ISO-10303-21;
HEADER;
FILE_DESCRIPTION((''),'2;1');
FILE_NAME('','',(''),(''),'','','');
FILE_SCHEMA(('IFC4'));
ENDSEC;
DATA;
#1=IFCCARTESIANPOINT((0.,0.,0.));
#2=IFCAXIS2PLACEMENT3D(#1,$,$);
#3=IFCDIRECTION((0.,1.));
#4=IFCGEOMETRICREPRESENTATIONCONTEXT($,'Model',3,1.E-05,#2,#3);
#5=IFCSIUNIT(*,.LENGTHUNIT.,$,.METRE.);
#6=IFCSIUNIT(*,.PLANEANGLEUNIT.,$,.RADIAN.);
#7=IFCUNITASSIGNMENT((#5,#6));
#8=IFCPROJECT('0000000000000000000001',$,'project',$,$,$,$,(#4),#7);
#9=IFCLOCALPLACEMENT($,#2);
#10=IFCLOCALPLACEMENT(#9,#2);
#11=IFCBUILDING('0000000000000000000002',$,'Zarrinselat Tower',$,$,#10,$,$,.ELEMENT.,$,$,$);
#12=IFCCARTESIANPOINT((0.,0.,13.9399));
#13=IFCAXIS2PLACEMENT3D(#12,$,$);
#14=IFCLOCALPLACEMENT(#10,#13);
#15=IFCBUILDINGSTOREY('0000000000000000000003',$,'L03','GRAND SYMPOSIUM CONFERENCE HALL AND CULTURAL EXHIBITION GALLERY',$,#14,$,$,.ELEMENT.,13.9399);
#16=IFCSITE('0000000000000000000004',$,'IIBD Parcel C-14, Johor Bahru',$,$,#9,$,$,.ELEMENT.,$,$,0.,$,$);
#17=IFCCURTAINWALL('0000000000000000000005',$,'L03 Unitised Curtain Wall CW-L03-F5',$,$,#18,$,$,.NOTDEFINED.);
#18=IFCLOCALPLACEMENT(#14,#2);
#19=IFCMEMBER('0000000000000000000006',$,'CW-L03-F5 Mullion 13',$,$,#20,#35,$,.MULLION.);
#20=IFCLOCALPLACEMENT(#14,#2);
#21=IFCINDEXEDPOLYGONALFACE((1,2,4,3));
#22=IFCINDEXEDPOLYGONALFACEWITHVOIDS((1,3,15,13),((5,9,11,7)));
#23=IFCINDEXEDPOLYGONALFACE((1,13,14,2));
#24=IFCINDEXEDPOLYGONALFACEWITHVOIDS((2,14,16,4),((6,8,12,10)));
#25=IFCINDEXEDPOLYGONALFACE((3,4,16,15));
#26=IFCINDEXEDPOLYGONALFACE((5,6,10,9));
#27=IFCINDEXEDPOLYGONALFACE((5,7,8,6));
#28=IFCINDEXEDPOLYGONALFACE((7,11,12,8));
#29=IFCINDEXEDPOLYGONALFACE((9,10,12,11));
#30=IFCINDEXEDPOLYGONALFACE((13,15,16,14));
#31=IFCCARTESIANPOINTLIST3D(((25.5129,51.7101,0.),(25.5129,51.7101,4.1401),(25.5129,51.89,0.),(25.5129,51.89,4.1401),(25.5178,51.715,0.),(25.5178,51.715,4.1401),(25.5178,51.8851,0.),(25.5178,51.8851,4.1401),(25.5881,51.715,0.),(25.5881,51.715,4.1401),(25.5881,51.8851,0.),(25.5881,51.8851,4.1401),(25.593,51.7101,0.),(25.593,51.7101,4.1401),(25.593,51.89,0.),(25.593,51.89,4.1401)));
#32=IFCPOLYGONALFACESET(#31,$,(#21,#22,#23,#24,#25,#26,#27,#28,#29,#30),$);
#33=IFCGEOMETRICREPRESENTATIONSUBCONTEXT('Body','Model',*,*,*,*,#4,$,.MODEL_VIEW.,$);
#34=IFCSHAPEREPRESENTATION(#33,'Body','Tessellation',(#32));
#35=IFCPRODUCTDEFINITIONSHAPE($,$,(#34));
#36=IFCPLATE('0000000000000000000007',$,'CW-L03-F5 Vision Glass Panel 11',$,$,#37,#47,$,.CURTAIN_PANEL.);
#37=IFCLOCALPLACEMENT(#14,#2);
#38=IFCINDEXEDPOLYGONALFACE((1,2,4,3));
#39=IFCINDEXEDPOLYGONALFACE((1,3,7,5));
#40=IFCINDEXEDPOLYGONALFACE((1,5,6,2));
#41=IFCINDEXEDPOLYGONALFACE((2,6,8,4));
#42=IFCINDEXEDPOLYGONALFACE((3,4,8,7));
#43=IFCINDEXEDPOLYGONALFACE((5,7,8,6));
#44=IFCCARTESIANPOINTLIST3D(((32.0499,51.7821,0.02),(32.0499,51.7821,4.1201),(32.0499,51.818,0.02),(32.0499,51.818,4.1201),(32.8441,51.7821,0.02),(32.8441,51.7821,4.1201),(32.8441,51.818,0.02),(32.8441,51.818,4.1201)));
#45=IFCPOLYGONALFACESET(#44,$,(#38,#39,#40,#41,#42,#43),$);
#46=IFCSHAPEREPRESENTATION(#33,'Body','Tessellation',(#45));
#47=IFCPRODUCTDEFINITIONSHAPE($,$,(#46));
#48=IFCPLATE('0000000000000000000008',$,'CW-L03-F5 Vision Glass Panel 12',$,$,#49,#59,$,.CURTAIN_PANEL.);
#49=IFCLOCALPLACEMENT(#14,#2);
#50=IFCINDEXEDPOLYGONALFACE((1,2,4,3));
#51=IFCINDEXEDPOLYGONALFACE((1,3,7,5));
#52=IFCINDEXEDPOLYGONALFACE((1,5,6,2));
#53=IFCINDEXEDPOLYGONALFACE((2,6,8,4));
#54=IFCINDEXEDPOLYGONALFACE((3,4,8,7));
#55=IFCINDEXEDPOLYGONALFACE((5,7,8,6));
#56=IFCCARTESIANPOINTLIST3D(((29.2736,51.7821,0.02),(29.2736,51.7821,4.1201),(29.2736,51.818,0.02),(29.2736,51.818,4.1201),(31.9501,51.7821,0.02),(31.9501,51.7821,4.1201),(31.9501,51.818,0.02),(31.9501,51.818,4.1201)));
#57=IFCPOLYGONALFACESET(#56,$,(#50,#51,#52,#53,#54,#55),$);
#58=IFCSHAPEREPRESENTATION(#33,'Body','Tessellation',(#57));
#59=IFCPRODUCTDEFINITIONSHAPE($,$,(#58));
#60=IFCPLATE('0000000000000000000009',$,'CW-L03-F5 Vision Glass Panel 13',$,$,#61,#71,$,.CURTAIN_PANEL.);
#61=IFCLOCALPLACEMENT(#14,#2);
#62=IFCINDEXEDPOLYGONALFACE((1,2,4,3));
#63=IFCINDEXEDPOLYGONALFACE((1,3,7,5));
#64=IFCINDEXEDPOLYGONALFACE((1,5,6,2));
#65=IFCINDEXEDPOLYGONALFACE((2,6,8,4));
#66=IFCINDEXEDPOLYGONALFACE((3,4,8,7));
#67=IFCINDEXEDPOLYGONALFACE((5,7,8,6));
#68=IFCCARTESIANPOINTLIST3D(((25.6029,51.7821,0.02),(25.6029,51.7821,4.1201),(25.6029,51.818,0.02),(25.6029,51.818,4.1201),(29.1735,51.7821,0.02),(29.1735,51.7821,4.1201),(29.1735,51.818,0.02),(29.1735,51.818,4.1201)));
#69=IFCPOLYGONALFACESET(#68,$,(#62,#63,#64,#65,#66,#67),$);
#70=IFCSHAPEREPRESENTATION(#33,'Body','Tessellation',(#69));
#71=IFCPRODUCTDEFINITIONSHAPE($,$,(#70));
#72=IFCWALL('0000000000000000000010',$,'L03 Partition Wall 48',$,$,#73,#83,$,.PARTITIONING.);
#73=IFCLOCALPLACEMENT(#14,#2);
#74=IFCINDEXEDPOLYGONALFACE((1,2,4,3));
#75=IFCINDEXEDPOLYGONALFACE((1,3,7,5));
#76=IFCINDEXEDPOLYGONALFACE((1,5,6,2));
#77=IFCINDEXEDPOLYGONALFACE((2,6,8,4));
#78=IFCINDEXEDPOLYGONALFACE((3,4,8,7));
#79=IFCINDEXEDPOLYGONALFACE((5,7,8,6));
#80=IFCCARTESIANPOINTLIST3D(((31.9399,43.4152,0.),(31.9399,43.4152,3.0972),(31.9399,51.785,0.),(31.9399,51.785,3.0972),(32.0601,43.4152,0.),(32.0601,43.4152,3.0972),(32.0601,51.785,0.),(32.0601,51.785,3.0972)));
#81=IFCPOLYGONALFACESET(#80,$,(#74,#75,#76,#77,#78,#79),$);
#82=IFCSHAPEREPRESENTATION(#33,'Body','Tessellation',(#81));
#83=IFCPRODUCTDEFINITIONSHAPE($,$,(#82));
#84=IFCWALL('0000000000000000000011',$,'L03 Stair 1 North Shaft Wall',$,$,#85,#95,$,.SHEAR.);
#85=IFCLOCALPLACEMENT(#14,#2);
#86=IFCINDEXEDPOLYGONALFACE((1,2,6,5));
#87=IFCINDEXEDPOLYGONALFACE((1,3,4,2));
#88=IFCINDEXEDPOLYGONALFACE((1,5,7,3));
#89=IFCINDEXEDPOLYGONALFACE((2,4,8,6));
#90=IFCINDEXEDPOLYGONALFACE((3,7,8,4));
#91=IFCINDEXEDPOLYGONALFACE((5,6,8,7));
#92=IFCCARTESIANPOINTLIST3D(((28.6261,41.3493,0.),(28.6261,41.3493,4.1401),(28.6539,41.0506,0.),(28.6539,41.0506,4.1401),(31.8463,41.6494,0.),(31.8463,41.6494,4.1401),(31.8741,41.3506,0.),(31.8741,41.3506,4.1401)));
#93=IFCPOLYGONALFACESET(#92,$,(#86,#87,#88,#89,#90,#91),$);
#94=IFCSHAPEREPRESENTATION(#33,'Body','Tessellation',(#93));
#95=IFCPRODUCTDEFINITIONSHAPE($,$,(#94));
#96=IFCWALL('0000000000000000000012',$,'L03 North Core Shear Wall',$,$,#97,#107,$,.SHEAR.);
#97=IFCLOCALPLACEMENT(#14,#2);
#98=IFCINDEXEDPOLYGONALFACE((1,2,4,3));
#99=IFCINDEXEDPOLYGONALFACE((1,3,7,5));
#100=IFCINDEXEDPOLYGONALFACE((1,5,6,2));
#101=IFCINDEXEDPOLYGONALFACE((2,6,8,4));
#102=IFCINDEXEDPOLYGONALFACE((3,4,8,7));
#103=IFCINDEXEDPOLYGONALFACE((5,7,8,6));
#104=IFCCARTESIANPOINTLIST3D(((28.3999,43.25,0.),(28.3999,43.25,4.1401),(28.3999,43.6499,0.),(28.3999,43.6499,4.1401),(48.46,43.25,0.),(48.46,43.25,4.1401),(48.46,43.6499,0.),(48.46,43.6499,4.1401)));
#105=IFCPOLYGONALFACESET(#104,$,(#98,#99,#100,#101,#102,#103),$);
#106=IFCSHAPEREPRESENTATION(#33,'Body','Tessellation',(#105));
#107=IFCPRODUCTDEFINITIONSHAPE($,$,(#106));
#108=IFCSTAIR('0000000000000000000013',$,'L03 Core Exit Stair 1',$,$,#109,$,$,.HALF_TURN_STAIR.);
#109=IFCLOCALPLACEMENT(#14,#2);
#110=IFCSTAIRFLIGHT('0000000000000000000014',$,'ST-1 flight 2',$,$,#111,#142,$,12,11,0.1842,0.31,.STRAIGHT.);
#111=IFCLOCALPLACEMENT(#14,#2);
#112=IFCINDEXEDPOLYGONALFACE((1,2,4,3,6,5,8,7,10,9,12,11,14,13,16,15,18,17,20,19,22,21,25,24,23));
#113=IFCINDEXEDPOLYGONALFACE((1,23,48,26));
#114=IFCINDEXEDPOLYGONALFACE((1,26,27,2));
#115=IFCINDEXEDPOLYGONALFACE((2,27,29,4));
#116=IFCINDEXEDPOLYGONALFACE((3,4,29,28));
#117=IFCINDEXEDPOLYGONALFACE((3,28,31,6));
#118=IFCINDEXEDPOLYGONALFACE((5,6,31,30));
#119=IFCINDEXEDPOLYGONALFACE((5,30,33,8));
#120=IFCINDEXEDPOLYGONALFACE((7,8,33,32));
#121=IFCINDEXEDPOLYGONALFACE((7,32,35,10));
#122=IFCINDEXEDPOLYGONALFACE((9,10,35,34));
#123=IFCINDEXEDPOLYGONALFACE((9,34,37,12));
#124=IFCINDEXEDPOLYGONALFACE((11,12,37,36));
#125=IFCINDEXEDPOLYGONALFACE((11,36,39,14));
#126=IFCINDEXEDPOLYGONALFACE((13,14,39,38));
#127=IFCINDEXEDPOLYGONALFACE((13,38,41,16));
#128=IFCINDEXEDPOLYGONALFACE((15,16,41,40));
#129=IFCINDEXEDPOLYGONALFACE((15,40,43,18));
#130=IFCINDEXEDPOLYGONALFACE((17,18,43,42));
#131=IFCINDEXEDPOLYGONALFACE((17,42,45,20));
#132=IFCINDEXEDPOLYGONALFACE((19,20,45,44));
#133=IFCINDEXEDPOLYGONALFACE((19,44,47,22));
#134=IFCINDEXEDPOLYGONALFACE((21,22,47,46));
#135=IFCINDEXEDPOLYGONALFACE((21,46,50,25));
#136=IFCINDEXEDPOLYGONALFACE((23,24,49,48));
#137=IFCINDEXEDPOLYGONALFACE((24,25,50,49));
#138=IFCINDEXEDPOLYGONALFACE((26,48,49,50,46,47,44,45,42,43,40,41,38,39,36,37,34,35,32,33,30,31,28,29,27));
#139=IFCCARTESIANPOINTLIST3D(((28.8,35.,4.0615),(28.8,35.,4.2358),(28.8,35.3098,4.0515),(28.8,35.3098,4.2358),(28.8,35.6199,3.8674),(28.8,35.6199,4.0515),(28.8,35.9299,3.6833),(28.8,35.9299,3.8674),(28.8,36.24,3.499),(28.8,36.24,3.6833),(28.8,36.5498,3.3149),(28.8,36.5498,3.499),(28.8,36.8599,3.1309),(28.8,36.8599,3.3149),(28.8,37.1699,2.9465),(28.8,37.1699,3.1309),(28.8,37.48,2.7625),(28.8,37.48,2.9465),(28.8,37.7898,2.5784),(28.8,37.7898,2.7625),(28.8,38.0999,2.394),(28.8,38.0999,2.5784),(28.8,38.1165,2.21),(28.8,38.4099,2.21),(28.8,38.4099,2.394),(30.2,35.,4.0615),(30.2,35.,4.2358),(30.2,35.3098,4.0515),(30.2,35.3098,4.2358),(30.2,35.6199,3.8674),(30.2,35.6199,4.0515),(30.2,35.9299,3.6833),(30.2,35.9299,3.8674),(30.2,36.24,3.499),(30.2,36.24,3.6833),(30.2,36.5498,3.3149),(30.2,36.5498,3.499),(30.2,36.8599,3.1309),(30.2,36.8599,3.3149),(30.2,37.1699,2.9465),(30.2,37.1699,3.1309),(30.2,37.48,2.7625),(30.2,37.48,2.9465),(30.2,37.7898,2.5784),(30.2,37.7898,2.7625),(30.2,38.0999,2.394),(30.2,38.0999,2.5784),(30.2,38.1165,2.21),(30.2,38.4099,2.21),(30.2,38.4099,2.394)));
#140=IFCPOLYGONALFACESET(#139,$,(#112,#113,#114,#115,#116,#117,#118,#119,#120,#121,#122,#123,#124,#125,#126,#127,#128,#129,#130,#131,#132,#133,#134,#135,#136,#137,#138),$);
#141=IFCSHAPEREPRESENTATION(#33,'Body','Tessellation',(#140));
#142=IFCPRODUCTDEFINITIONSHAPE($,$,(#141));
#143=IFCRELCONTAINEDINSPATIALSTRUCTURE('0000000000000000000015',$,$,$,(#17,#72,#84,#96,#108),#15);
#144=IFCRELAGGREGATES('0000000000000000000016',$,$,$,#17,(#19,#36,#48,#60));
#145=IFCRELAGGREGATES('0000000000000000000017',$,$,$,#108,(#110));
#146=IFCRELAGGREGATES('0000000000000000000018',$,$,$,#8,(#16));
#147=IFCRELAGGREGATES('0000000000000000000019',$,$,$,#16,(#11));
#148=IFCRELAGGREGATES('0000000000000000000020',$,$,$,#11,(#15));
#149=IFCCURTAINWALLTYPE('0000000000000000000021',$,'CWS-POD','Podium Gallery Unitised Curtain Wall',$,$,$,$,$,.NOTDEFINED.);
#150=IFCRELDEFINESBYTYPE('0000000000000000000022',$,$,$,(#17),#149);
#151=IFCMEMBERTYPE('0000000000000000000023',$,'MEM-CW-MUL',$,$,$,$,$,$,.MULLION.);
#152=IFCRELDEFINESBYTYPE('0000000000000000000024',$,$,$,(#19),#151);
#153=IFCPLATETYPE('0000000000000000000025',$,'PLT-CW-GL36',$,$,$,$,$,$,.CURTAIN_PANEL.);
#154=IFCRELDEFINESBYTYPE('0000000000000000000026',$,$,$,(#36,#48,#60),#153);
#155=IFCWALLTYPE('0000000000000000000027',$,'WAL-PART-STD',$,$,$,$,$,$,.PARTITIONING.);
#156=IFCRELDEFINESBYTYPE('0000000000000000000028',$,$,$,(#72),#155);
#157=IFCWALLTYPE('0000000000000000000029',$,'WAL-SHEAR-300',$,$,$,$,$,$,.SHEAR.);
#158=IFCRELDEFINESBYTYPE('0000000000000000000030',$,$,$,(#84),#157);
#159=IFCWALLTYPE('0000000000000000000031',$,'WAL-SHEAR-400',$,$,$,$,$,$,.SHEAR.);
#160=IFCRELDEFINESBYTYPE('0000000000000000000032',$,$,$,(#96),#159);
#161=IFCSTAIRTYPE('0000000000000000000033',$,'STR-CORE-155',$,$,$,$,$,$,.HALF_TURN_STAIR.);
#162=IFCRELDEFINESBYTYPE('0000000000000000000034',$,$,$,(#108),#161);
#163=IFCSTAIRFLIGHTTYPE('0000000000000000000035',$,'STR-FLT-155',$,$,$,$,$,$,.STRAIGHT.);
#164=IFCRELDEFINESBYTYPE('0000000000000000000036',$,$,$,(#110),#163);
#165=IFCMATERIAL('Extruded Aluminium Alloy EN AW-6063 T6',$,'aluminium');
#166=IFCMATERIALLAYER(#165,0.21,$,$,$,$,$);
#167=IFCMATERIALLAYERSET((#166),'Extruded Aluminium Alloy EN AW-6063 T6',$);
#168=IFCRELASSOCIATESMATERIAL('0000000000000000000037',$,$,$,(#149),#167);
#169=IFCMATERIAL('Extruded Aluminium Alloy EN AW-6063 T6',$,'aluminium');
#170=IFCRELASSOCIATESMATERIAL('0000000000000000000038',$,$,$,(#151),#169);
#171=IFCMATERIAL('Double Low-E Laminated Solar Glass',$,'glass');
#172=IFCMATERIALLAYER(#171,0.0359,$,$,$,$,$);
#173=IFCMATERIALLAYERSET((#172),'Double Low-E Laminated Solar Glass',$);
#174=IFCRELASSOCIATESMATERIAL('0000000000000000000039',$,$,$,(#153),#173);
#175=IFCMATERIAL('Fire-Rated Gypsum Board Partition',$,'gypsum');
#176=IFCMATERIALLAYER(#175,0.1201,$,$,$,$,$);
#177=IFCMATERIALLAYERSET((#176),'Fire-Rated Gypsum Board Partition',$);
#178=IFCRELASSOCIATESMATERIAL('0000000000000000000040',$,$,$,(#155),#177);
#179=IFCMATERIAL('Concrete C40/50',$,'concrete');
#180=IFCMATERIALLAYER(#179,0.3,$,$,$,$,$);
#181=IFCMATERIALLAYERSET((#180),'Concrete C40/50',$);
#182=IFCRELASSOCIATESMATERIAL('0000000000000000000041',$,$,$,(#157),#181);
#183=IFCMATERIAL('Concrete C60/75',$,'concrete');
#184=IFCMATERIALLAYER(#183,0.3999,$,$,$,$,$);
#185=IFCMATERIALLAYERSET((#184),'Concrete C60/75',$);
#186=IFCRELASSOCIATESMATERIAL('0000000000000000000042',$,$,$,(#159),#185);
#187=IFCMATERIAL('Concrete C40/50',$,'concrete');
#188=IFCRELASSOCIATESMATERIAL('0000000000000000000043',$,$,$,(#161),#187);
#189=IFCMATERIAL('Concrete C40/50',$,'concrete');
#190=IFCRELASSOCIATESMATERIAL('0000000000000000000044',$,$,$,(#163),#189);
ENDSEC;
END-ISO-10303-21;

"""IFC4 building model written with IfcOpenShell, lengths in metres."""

from ifc_helpers import new_model, si_unit, direction, frame, frame_2d, origin, origin_2d, place, context, subcontext, project, spatial, polyline, rectangle, hollow_rectangle, outline, extrude, material, layer, layer_set, material_profile, profile_set, type_object, element, aggregate, save


model = new_model("IFC4")

# Units and contexts
model_context = context("Model", 3, precision=1e-05, world=origin(), true_north=direction((0.0, 1.0)))
body_context = subcontext(model_context, "Body", "Model", "MODEL_VIEW")
ifc_project = project(units=[si_unit("LENGTHUNIT", "METRE"), si_unit("PLANEANGLEUNIT", "RADIAN")], contexts=[model_context])

# Site, building, storey
site_placement = place(None, origin())
site = spatial("IfcSite", under=ifc_project, at=site_placement, Name="IIBD Parcel C-14, Johor Bahru", CompositionType="ELEMENT", RefElevation=0.0)
building_placement = place(site_placement, origin())
building = spatial("IfcBuilding", under=site, at=building_placement, Name="Zarrinselat Tower", CompositionType="ELEMENT")
storey_placement = place(building_placement, frame((0.0, 0.0, 13.9399)))
storey = spatial("IfcBuildingStorey", under=building, at=storey_placement, Name="L03", Description="GRAND SYMPOSIUM CONFERENCE HALL AND CULTURAL EXHIBITION GALLERY", CompositionType="ELEMENT", Elevation=13.9399)

# Curtain wall, member, plates
ifc_material_1 = material(Name="Extruded Aluminium Alloy EN AW-6063 T6", Category="aluminium")
ifc_layer_1 = layer(ifc_material_1, 0.21)
ifc_layer_set_1 = layer_set([ifc_layer_1], Name="Extruded Aluminium Alloy EN AW-6063 T6")
curtain_wall_type = type_object("IfcCurtainWallType", Name="CWS-POD", Description="Podium Gallery Unitised Curtain Wall", PredefinedType="NOTDEFINED", material=ifc_layer_set_1)
curtain_wall_placement = place(storey_placement, origin())
curtain_wall = element("IfcCurtainWall", 1, at=curtain_wall_placement, inside=storey, type_object=curtain_wall_type, Name="L03 Unitised Curtain Wall CW-L03-F5", PredefinedType="NOTDEFINED")
ifc_material_2 = material(Name="Extruded Aluminium Alloy EN AW-6063 T6", Category="aluminium")
ifc_material_profile_1 = material_profile(ifc_material_2, hollow_rectangle(XDim=0.0801, YDim=0.1799, WallThickness=0.0049, at=origin_2d()), Name="RHS 180x80x5")
ifc_profile_set_1 = profile_set([ifc_material_profile_1], Name="Extruded Aluminium Alloy EN AW-6063 T6")
member_type = type_object("IfcMemberType", Name="MEM-CW-MUL", PredefinedType="MULLION", material=ifc_profile_set_1)
member_1_placement = place(storey_placement, frame((25.553, 51.8, 0.0), z_axis=(0.0, 0.0, 1.0), x_axis=(-1.0, 0.0, 0.0)))
member_1 = element("IfcMember", 2, at=member_1_placement, type_object=member_type, Name="CW-L03-F5 Mullion 13", PredefinedType="MULLION", context=body_context, shape_type="SweptSolid", body=[
    extrude(hollow_rectangle(XDim=0.0801, YDim=0.1799, WallThickness=0.0049, at=origin_2d()), origin(), (0.0, 0.0, 1.0), 4.1401),
])
ifc_material_3 = material(Name="Double Low-E Laminated Solar Glass", Category="glass")
ifc_layer_2 = layer(ifc_material_3, 0.0359)
ifc_layer_set_2 = layer_set([ifc_layer_2], Name="Double Low-E Laminated Solar Glass")
plate_type = type_object("IfcPlateType", Name="PLT-CW-GL36", PredefinedType="CURTAIN_PANEL", material=ifc_layer_set_2)
plate_1_placement = place(storey_placement, frame((32.447, 51.8, 0.02), z_axis=(0.0, 0.0, 1.0), x_axis=(-1.0, 0.0, 0.0)))
plate_1 = element("IfcPlate", 3, at=plate_1_placement, type_object=plate_type, Name="CW-L03-F5 Vision Glass Panel 11", PredefinedType="CURTAIN_PANEL", context=body_context, shape_type="SweptSolid", body=[
    extrude(rectangle(XDim=0.7942, YDim=0.0359, at=origin_2d()), origin(), (0.0, 0.0, 1.0), 4.1001),
])
plate_2_placement = place(storey_placement, frame((30.6118, 51.8, 0.02), z_axis=(0.0, 0.0, 1.0), x_axis=(-1.0, 0.0, 0.0)))
plate_2 = element("IfcPlate", 4, at=plate_2_placement, type_object=plate_type, Name="CW-L03-F5 Vision Glass Panel 12", PredefinedType="CURTAIN_PANEL", context=body_context, shape_type="SweptSolid", body=[
    extrude(rectangle(XDim=2.6765, YDim=0.0359, at=origin_2d()), origin(), (0.0, 0.0, 1.0), 4.1001),
])
plate_3_placement = place(storey_placement, frame((27.3882, 51.8, 0.02), z_axis=(0.0, 0.0, 1.0), x_axis=(-1.0, 0.0, 0.0)))
plate_3 = element("IfcPlate", 5, at=plate_3_placement, type_object=plate_type, Name="CW-L03-F5 Vision Glass Panel 13", PredefinedType="CURTAIN_PANEL", context=body_context, shape_type="SweptSolid", body=[
    extrude(rectangle(XDim=3.5706, YDim=0.0359, at=origin_2d()), origin(), (0.0, 0.0, 1.0), 4.1001),
])
aggregate(curtain_wall, [member_1, plate_1, plate_2, plate_3])

# Walls
ifc_material_4 = material(Name="Fire-Rated Gypsum Board Partition", Category="gypsum")
ifc_layer_3 = layer(ifc_material_4, 0.1201)
ifc_layer_set_3 = layer_set([ifc_layer_3], Name="Fire-Rated Gypsum Board Partition")
wall_type_1 = type_object("IfcWallType", Name="WAL-PART-STD", PredefinedType="PARTITIONING", material=ifc_layer_set_3)
wall_1_placement = place(storey_placement, frame((32.0, 43.415, 0.0), z_axis=(0.0, 0.0, 1.0), x_axis=(0.0, 1.0, 0.0)))
element("IfcWall", 6, at=wall_1_placement, inside=storey, type_object=wall_type_1, Name="L03 Partition Wall 48", PredefinedType="PARTITIONING", context=body_context, shape_type="SweptSolid", body=[
    extrude(rectangle(XDim=8.3699, YDim=0.1201, at=frame_2d((4.1851, 0.0))), origin(), (0.0, 0.0, 1.0), 3.0972),
])
ifc_material_5 = material(Name="Concrete C40/50", Category="concrete")
ifc_layer_4 = layer(ifc_material_5, 0.3)
ifc_layer_set_4 = layer_set([ifc_layer_4], Name="Concrete C40/50")
wall_type_2 = type_object("IfcWallType", Name="WAL-SHEAR-300", PredefinedType="SHEAR", material=ifc_layer_set_4)
wall_2_placement = place(storey_placement, frame((28.6399, 41.2, 0.0), z_axis=(0.0, 0.0, 1.0), x_axis=(0.995687, 0.092775, 0.0)))
element("IfcWall", 7, at=wall_2_placement, inside=storey, type_object=wall_type_2, Name="L03 Stair 1 North Shaft Wall", PredefinedType="SHEAR", context=body_context, shape_type="SweptSolid", body=[
    extrude(rectangle(XDim=3.2341, YDim=0.3, at=frame_2d((1.6172, 0.0))), origin(), (0.0, 0.0, 1.0), 4.1401),
])
ifc_material_6 = material(Name="Concrete C60/75", Category="concrete")
ifc_layer_5 = layer(ifc_material_6, 0.3999)
ifc_layer_set_5 = layer_set([ifc_layer_5], Name="Concrete C60/75")
wall_type_3 = type_object("IfcWallType", Name="WAL-SHEAR-400", PredefinedType="SHEAR", material=ifc_layer_set_5)
wall_3_placement = place(storey_placement, frame((28.3999, 43.45, 0.0), z_axis=(0.0, 0.0, 1.0), x_axis=(1.0, 0.0, 0.0)))
element("IfcWall", 8, at=wall_3_placement, inside=storey, type_object=wall_type_3, Name="L03 North Core Shear Wall", PredefinedType="SHEAR", context=body_context, shape_type="SweptSolid", body=[
    extrude(rectangle(XDim=20.0601, YDim=0.3999, at=frame_2d((10.03, 0.0))), origin(), (0.0, 0.0, 1.0), 4.1401),
])

# Stair, stair flight
ifc_material_7 = material(Name="Concrete C40/50", Category="concrete")
stair_type = type_object("IfcStairType", Name="STR-CORE-155", PredefinedType="HALF_TURN_STAIR", material=ifc_material_7)
stair_placement = place(storey_placement, origin())
stair = element("IfcStair", 9, at=stair_placement, inside=storey, type_object=stair_type, Name="L03 Core Exit Stair 1", PredefinedType="HALF_TURN_STAIR")
ifc_material_8 = material(Name="Concrete C40/50", Category="concrete")
stair_flight_type = type_object("IfcStairFlightType", Name="STR-FLT-155", PredefinedType="STRAIGHT", material=ifc_material_8)
stair_flight_placement = place(storey_placement, frame((29.5, 38.4099, 2.21), z_axis=(0.0, 0.0, 1.0), x_axis=(0.0, -1.0, 0.0)))
stair_flight = element("IfcStairFlight", 10, at=stair_flight_placement, type_object=stair_flight_type, Name="ST-1 flight 2", NumberOfRisers=12, NumberOfTreads=11, PredefinedType="STRAIGHT", RiserHeight=0.1842, TreadLength=0.31, context=body_context, shape_type="SweptSolid", body=[
    extrude(outline(polyline([(0.0, 0.0), (0.0, 0.1841), (0.3101, 0.1841), (0.3101, 0.3684), (0.6201, 0.3684), (0.6201, 0.5525), (0.9299, 0.5525), (0.9299, 0.7366), (1.24, 0.7366), (1.24, 0.9209), (1.55, 0.9209), (1.55, 1.105), (1.8601, 1.105), (1.8601, 1.2891), (2.1699, 1.2891), (2.1699, 1.4734), (2.48, 1.4734), (2.48, 1.6575), (2.79, 1.6575), (2.79, 1.8416), (3.1001, 1.8416), (3.1001, 2.0259), (3.4099, 2.0259), (3.4099, 2.21), (3.4099, 1.8516), (0.2935, 0.0), (0.0, 0.0)])), frame((0.0, 0.7, 0.0), z_axis=(0.0, -1.0, 0.0), x_axis=(1.0, 0.0, 0.0)), (0.0, 0.0, 1.0), 1.3999),
])
aggregate(stair, [stair_flight])

save(model, "model.ifc")
